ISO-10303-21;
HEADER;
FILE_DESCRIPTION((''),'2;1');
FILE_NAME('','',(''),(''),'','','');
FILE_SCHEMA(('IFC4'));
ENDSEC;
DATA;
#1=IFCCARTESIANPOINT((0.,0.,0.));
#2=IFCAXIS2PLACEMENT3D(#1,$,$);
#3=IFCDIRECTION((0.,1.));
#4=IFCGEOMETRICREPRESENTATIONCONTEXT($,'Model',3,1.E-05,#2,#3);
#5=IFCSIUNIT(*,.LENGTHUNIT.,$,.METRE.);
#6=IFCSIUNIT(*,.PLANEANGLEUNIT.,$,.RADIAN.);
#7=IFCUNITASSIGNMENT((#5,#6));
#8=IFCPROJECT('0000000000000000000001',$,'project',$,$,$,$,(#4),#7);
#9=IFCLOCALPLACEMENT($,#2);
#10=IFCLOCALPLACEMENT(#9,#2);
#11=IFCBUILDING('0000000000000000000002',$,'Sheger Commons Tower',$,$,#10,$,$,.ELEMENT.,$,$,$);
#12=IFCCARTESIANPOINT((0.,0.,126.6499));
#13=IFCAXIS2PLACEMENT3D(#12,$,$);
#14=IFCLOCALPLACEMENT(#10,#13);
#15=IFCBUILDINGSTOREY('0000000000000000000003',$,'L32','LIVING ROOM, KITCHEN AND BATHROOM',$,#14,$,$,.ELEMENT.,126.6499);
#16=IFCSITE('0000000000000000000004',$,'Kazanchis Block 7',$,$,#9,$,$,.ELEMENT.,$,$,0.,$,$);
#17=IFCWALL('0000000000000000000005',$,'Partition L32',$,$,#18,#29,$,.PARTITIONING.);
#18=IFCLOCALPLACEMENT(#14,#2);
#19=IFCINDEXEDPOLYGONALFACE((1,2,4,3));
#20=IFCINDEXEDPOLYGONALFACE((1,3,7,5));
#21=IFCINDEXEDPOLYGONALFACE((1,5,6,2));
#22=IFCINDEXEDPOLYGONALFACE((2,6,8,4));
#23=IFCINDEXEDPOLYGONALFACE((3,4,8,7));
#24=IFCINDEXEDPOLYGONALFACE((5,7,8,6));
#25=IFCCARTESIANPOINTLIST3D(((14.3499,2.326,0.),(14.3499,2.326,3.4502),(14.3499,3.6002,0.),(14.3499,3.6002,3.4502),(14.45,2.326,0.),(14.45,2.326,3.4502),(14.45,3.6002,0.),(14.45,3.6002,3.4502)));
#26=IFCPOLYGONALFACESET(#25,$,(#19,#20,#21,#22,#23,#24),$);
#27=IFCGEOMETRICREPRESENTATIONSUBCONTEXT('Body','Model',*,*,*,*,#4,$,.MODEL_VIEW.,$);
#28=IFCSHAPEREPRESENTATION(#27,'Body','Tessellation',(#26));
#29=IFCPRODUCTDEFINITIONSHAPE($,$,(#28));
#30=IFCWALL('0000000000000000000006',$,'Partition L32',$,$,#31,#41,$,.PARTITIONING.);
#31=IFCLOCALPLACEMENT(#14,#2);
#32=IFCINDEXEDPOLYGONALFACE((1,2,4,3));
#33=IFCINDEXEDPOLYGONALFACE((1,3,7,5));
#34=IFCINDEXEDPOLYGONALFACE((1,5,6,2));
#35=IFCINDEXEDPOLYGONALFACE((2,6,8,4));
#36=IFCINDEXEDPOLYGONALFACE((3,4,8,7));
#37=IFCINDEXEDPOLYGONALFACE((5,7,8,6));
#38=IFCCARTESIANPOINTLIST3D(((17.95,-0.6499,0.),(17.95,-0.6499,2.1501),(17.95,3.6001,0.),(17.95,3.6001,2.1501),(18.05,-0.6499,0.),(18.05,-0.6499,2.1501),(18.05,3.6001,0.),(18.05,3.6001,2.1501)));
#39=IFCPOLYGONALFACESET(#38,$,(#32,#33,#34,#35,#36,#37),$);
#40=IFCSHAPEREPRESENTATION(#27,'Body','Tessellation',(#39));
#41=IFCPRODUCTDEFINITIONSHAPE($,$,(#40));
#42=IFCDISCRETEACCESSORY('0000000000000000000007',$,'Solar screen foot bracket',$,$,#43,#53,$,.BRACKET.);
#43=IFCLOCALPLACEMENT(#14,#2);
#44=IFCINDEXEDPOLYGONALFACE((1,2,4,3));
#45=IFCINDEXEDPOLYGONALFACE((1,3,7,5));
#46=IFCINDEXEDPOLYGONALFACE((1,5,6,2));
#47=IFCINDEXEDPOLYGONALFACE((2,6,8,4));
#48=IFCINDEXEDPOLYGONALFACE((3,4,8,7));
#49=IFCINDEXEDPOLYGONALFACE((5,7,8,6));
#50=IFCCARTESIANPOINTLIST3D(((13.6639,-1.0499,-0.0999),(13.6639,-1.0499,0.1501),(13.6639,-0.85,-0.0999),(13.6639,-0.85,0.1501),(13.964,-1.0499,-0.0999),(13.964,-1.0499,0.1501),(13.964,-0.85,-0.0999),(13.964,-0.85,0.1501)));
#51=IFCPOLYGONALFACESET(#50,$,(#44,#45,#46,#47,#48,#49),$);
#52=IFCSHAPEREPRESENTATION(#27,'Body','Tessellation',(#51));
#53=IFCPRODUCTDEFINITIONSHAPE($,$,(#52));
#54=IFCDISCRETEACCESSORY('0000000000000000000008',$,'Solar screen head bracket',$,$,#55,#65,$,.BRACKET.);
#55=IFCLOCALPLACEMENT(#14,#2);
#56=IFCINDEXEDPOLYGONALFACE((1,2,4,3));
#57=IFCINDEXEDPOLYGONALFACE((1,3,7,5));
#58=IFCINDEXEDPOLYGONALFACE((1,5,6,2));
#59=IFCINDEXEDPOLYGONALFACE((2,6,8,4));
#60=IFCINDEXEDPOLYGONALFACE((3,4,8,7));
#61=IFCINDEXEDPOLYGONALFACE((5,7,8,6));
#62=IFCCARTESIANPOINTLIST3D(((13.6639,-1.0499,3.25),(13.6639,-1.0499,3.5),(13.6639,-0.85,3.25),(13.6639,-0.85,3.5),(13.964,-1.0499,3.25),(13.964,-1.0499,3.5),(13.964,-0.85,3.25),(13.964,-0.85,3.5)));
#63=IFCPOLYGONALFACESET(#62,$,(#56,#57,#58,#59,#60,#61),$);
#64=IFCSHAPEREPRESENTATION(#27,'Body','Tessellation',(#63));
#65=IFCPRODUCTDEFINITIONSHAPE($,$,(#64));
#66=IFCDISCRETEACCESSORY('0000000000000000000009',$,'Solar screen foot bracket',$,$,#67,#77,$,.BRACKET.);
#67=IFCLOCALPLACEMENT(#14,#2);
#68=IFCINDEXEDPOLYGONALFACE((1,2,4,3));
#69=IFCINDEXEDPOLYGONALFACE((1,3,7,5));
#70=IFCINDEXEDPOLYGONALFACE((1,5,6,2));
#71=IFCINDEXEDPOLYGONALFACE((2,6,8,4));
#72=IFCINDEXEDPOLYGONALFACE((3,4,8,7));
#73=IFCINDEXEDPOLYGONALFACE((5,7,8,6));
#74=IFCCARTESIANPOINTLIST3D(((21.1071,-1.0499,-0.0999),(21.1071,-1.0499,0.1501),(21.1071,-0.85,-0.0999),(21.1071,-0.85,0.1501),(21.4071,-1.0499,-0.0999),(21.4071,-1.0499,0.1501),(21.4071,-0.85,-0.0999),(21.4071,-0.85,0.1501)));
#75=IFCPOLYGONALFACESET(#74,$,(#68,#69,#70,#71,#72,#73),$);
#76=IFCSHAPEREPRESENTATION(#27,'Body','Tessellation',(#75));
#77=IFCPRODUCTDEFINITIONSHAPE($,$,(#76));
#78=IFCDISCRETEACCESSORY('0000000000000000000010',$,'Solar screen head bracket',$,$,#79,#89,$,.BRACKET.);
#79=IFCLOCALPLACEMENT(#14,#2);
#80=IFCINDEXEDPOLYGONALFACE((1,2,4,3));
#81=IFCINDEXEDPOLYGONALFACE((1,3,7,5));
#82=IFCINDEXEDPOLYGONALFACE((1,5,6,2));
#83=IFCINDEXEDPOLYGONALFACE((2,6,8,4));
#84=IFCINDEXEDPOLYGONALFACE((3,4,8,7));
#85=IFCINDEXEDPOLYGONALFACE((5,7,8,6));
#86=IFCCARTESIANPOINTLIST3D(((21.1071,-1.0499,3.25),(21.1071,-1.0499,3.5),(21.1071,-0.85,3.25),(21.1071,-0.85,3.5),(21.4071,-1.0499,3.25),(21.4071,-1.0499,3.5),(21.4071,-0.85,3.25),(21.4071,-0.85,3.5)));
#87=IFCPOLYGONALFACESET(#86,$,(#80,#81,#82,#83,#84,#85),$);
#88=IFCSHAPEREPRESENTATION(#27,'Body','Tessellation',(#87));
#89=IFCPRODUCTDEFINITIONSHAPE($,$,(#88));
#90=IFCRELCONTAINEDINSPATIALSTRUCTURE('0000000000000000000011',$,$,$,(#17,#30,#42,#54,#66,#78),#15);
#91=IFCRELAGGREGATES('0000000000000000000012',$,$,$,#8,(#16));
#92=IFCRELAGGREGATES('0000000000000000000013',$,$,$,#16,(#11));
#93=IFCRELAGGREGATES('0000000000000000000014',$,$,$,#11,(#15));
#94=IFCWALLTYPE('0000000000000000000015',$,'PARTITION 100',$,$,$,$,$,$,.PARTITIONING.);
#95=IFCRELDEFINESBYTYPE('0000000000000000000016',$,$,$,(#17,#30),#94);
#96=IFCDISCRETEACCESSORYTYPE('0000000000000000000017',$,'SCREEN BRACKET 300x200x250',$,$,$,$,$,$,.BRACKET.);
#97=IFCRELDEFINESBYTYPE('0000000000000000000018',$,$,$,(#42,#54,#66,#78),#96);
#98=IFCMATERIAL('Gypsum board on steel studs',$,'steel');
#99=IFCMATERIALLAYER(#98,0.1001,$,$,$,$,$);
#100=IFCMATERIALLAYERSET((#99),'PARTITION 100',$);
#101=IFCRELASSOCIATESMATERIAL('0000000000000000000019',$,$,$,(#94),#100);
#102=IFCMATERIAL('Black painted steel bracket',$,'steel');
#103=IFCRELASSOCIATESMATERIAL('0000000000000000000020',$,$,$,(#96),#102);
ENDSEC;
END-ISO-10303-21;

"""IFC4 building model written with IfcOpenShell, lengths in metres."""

from ifc_helpers import new_model, si_unit, direction, frame, frame_2d, origin, origin_2d, place, context, subcontext, project, spatial, rectangle, extrude, material, layer, layer_set, type_object, element, save


model = new_model("IFC4")

# Units and contexts
model_context = context("Model", 3, precision=1e-05, world=origin(), true_north=direction((0.0, 1.0)))
body_context = subcontext(model_context, "Body", "Model", "MODEL_VIEW")
ifc_project = project(units=[si_unit("LENGTHUNIT", "METRE"), si_unit("PLANEANGLEUNIT", "RADIAN")], contexts=[model_context])

# Site, building, storey
site_placement = place(None, origin())
site = spatial("IfcSite", under=ifc_project, at=site_placement, Name="Kazanchis Block 7", CompositionType="ELEMENT", RefElevation=0.0)
building_placement = place(site_placement, origin())
building = spatial("IfcBuilding", under=site, at=building_placement, Name="Sheger Commons Tower", CompositionType="ELEMENT")
storey_placement = place(building_placement, frame((0.0, 0.0, 126.6499)))
storey = spatial("IfcBuildingStorey", under=building, at=storey_placement, Name="L32", Description="LIVING ROOM, KITCHEN AND BATHROOM", CompositionType="ELEMENT", Elevation=126.6499)

# Walls
ifc_material_1 = material(Name="Gypsum board on steel studs", Category="steel")
ifc_layer_1 = layer(ifc_material_1, 0.1001)
ifc_layer_set_1 = layer_set([ifc_layer_1], Name="PARTITION 100")
wall_type_1 = type_object("IfcWallType", Name="PARTITION 100", PredefinedType="PARTITIONING", material=ifc_layer_set_1)
wall_1_placement = place(storey_placement, frame((14.3999, 2.3259, 0.0), z_axis=(0.0, 0.0, 1.0), x_axis=(0.0, 1.0, 0.0)))
element("IfcWall", 1, at=wall_1_placement, inside=storey, type_object=wall_type_1, Name="Partition L32", PredefinedType="PARTITIONING", context=body_context, shape_type="SweptSolid", body=[
    extrude(rectangle(XDim=1.2742, YDim=0.1001, at=frame_2d((0.6372, 0.0))), origin(), (0.0, 0.0, 1.0), 3.4502),
])
wall_2_placement = place(storey_placement, frame((18.0, -0.6499, 0.0), z_axis=(0.0, 0.0, 1.0), x_axis=(0.0, 1.0, 0.0)))
element("IfcWall", 2, at=wall_2_placement, inside=storey, type_object=wall_type_1, Name="Partition L32", PredefinedType="PARTITIONING", context=body_context, shape_type="SweptSolid", body=[
    extrude(rectangle(XDim=4.25, YDim=0.1001, at=frame_2d((2.125, 0.0))), origin(), (0.0, 0.0, 1.0), 2.1501),
])

# Discrete accessories
ifc_material_2 = material(Name="Black painted steel bracket", Category="steel")
discrete_accessory_type = type_object("IfcDiscreteAccessoryType", Name="SCREEN BRACKET 300x200x250", PredefinedType="BRACKET", material=ifc_material_2)
for number, where, z_axis, x_axis, name in (
    (3, (13.814, -0.95, -0.0999), (0.0, 0.0, 1.0), (1.0, 0.0, 0.0), "Solar screen foot bracket"),
    (4, (13.814, -0.95, 3.25), (0.0, 0.0, 1.0), (1.0, 0.0, 0.0), "Solar screen head bracket"),
    (5, (21.2571, -0.95, -0.0999), (0.0, 0.0, 1.0), (1.0, 0.0, 0.0), "Solar screen foot bracket"),
    (6, (21.2571, -0.95, 3.25), (0.0, 0.0, 1.0), (1.0, 0.0, 0.0), "Solar screen head bracket"),
):
    element("IfcDiscreteAccessory", number, at=place(storey_placement, frame(where, z_axis=z_axis, x_axis=x_axis)), inside=storey, type_object=discrete_accessory_type, Name=name, PredefinedType="BRACKET", context=body_context, shape_type="SweptSolid", body=[
        extrude(rectangle(XDim=0.3, YDim=0.2, at=origin_2d()), origin(), (0.0, 0.0, 1.0), 0.25),
    ])

save(model, "model.ifc")
